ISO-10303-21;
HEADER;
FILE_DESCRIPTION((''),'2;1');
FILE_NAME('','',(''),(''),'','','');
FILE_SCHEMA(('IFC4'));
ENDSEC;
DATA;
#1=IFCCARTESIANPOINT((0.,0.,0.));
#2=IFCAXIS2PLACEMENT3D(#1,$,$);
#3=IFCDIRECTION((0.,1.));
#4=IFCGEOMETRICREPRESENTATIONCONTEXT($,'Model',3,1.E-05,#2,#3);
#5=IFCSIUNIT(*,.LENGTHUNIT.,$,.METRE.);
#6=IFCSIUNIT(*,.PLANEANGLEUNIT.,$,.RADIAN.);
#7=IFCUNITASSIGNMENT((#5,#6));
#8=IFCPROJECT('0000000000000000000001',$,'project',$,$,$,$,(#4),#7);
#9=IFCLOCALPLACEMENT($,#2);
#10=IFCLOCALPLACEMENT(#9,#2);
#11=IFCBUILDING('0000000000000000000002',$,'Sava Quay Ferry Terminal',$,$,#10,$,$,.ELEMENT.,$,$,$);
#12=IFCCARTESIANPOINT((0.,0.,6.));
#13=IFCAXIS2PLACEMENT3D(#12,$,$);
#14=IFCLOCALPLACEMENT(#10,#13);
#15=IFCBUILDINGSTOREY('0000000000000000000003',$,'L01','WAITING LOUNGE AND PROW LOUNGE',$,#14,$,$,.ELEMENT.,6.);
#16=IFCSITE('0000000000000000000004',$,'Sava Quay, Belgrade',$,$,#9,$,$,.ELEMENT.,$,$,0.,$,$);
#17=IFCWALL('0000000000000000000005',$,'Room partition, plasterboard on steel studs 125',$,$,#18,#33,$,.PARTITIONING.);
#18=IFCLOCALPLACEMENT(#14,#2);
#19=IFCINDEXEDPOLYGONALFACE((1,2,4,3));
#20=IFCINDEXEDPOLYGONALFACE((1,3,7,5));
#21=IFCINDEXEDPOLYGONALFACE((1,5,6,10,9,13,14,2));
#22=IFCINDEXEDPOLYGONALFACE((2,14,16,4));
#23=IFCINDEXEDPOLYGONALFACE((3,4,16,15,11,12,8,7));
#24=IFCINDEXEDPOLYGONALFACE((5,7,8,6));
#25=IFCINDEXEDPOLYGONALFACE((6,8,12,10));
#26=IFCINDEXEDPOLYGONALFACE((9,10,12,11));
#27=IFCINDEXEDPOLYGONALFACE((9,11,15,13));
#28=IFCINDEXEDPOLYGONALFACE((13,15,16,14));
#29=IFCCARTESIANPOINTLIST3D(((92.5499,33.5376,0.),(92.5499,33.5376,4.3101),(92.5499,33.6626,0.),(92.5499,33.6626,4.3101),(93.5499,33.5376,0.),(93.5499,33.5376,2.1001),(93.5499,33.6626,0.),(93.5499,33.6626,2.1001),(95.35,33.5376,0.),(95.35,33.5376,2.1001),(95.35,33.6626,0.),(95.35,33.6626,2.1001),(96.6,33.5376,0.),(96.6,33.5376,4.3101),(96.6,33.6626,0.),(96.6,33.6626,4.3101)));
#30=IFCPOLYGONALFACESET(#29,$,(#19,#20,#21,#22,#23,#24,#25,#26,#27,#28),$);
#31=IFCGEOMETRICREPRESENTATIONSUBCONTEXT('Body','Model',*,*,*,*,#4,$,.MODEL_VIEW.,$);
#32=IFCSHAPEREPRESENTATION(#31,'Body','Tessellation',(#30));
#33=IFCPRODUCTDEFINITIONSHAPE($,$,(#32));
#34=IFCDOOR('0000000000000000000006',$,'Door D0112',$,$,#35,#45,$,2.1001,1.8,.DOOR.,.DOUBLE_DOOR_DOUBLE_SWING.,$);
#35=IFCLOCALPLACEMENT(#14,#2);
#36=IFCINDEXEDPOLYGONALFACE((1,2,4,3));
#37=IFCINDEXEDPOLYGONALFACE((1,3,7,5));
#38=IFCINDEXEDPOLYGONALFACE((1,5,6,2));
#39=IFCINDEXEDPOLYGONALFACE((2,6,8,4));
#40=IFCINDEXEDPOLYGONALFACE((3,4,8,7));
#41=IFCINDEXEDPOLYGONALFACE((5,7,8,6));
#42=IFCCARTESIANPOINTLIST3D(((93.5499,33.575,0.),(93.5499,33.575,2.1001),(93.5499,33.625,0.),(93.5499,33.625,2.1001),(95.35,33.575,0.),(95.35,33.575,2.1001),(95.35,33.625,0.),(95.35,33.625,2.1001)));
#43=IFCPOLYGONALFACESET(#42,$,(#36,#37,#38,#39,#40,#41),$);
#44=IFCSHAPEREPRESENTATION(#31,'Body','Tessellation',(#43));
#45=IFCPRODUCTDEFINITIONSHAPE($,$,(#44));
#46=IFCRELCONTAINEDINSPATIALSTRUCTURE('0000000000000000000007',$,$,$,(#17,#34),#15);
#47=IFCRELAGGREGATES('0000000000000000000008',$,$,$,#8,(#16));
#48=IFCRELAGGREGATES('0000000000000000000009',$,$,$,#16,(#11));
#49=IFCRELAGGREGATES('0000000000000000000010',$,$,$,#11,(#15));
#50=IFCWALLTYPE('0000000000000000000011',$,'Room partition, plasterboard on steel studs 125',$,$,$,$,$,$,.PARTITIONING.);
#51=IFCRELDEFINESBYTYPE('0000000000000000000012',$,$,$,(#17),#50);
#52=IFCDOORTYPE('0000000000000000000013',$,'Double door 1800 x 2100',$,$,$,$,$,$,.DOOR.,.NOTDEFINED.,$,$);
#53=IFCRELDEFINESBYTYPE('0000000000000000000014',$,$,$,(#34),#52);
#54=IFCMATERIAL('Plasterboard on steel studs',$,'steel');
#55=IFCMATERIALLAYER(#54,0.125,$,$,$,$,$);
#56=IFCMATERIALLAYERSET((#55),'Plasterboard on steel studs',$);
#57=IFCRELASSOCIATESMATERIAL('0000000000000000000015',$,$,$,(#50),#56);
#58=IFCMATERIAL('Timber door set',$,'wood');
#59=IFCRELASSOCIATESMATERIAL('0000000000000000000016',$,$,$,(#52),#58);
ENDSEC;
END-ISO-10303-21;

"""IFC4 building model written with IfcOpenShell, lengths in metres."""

from ifc_helpers import new_model, si_unit, direction, frame, frame_2d, origin, place, context, subcontext, project, spatial, rectangle, extrude, material, layer, layer_set, type_object, element, fill, save


model = new_model("IFC4")

# Units and contexts
model_context = context("Model", 3, precision=1e-05, world=origin(), true_north=direction((0.0, 1.0)))
body_context = subcontext(model_context, "Body", "Model", "MODEL_VIEW")
ifc_project = project(units=[si_unit("LENGTHUNIT", "METRE"), si_unit("PLANEANGLEUNIT", "RADIAN")], contexts=[model_context])

# Site, building, storey
site_placement = place(None, origin())
site = spatial("IfcSite", under=ifc_project, at=site_placement, Name="Sava Quay, Belgrade", CompositionType="ELEMENT", RefElevation=0.0)
building_placement = place(site_placement, origin())
building = spatial("IfcBuilding", under=site, at=building_placement, Name="Sava Quay Ferry Terminal", CompositionType="ELEMENT")
storey_placement = place(building_placement, frame((0.0, 0.0, 6.0)))
storey = spatial("IfcBuildingStorey", under=building, at=storey_placement, Name="L01", Description="WAITING LOUNGE AND PROW LOUNGE", CompositionType="ELEMENT", Elevation=6.0)

# Wall, opening, door
ifc_material_1 = material(Name="Plasterboard on steel studs", Category="steel")
ifc_layer = layer(ifc_material_1, 0.125)
ifc_layer_set = layer_set([ifc_layer], Name="Plasterboard on steel studs")
wall_type = type_object("IfcWallType", Name="Room partition, plasterboard on steel studs 125", PredefinedType="PARTITIONING", material=ifc_layer_set)
wall_placement = place(storey_placement, frame((92.55, 33.6001, 0.0), z_axis=(0.0, 0.0, 1.0), x_axis=(1.0, 0.0, 0.0)))
wall = element("IfcWall", 1, at=wall_placement, inside=storey, type_object=wall_type, Name="Room partition, plasterboard on steel studs 125", PredefinedType="PARTITIONING", context=body_context, shape_type="SweptSolid", body=[
    extrude(rectangle(XDim=4.05, YDim=0.125, at=frame_2d((2.0249, 0.0))), origin(), (0.0, 0.0, 1.0), 4.3101),
])
opening_placement = place(wall_placement, frame((1.0, 0.0, 0.0)))
opening = element("IfcOpeningElement", 2, at=opening_placement, cuts=wall, PredefinedType="OPENING", context=body_context, shape_type="SweptSolid", body=[
    extrude(rectangle(XDim=1.8, YDim=2.1001, at=frame_2d((0.8999, 1.05))), frame((0.0, 0.0625, 0.0), z_axis=(0.0, -1.0, 0.0), x_axis=(1.0, 0.0, 0.0)), (0.0, 0.0, 1.0), 0.125),
])
ifc_material_2 = material(Name="Timber door set", Category="wood")
door_type = type_object("IfcDoorType", Name="Double door 1800 x 2100", OperationType="NOTDEFINED", PredefinedType="DOOR", material=ifc_material_2)
door_placement = place(opening_placement, origin())
door = element("IfcDoor", 3, at=door_placement, inside=storey, type_object=door_type, Name="Door D0112", OperationType="DOUBLE_DOOR_DOUBLE_SWING", OverallHeight=2.1001, OverallWidth=1.8, PredefinedType="DOOR", context=body_context, shape_type="SweptSolid", body=[
    extrude(rectangle(XDim=1.8, YDim=2.1001, at=frame_2d((0.8999, 1.05))), frame((0.0, 0.0249, 0.0), z_axis=(0.0, -1.0, 0.0), x_axis=(1.0, 0.0, 0.0)), (0.0, 0.0, 1.0), 0.05),
])
fill(opening, door)

save(model, "model.ifc")
